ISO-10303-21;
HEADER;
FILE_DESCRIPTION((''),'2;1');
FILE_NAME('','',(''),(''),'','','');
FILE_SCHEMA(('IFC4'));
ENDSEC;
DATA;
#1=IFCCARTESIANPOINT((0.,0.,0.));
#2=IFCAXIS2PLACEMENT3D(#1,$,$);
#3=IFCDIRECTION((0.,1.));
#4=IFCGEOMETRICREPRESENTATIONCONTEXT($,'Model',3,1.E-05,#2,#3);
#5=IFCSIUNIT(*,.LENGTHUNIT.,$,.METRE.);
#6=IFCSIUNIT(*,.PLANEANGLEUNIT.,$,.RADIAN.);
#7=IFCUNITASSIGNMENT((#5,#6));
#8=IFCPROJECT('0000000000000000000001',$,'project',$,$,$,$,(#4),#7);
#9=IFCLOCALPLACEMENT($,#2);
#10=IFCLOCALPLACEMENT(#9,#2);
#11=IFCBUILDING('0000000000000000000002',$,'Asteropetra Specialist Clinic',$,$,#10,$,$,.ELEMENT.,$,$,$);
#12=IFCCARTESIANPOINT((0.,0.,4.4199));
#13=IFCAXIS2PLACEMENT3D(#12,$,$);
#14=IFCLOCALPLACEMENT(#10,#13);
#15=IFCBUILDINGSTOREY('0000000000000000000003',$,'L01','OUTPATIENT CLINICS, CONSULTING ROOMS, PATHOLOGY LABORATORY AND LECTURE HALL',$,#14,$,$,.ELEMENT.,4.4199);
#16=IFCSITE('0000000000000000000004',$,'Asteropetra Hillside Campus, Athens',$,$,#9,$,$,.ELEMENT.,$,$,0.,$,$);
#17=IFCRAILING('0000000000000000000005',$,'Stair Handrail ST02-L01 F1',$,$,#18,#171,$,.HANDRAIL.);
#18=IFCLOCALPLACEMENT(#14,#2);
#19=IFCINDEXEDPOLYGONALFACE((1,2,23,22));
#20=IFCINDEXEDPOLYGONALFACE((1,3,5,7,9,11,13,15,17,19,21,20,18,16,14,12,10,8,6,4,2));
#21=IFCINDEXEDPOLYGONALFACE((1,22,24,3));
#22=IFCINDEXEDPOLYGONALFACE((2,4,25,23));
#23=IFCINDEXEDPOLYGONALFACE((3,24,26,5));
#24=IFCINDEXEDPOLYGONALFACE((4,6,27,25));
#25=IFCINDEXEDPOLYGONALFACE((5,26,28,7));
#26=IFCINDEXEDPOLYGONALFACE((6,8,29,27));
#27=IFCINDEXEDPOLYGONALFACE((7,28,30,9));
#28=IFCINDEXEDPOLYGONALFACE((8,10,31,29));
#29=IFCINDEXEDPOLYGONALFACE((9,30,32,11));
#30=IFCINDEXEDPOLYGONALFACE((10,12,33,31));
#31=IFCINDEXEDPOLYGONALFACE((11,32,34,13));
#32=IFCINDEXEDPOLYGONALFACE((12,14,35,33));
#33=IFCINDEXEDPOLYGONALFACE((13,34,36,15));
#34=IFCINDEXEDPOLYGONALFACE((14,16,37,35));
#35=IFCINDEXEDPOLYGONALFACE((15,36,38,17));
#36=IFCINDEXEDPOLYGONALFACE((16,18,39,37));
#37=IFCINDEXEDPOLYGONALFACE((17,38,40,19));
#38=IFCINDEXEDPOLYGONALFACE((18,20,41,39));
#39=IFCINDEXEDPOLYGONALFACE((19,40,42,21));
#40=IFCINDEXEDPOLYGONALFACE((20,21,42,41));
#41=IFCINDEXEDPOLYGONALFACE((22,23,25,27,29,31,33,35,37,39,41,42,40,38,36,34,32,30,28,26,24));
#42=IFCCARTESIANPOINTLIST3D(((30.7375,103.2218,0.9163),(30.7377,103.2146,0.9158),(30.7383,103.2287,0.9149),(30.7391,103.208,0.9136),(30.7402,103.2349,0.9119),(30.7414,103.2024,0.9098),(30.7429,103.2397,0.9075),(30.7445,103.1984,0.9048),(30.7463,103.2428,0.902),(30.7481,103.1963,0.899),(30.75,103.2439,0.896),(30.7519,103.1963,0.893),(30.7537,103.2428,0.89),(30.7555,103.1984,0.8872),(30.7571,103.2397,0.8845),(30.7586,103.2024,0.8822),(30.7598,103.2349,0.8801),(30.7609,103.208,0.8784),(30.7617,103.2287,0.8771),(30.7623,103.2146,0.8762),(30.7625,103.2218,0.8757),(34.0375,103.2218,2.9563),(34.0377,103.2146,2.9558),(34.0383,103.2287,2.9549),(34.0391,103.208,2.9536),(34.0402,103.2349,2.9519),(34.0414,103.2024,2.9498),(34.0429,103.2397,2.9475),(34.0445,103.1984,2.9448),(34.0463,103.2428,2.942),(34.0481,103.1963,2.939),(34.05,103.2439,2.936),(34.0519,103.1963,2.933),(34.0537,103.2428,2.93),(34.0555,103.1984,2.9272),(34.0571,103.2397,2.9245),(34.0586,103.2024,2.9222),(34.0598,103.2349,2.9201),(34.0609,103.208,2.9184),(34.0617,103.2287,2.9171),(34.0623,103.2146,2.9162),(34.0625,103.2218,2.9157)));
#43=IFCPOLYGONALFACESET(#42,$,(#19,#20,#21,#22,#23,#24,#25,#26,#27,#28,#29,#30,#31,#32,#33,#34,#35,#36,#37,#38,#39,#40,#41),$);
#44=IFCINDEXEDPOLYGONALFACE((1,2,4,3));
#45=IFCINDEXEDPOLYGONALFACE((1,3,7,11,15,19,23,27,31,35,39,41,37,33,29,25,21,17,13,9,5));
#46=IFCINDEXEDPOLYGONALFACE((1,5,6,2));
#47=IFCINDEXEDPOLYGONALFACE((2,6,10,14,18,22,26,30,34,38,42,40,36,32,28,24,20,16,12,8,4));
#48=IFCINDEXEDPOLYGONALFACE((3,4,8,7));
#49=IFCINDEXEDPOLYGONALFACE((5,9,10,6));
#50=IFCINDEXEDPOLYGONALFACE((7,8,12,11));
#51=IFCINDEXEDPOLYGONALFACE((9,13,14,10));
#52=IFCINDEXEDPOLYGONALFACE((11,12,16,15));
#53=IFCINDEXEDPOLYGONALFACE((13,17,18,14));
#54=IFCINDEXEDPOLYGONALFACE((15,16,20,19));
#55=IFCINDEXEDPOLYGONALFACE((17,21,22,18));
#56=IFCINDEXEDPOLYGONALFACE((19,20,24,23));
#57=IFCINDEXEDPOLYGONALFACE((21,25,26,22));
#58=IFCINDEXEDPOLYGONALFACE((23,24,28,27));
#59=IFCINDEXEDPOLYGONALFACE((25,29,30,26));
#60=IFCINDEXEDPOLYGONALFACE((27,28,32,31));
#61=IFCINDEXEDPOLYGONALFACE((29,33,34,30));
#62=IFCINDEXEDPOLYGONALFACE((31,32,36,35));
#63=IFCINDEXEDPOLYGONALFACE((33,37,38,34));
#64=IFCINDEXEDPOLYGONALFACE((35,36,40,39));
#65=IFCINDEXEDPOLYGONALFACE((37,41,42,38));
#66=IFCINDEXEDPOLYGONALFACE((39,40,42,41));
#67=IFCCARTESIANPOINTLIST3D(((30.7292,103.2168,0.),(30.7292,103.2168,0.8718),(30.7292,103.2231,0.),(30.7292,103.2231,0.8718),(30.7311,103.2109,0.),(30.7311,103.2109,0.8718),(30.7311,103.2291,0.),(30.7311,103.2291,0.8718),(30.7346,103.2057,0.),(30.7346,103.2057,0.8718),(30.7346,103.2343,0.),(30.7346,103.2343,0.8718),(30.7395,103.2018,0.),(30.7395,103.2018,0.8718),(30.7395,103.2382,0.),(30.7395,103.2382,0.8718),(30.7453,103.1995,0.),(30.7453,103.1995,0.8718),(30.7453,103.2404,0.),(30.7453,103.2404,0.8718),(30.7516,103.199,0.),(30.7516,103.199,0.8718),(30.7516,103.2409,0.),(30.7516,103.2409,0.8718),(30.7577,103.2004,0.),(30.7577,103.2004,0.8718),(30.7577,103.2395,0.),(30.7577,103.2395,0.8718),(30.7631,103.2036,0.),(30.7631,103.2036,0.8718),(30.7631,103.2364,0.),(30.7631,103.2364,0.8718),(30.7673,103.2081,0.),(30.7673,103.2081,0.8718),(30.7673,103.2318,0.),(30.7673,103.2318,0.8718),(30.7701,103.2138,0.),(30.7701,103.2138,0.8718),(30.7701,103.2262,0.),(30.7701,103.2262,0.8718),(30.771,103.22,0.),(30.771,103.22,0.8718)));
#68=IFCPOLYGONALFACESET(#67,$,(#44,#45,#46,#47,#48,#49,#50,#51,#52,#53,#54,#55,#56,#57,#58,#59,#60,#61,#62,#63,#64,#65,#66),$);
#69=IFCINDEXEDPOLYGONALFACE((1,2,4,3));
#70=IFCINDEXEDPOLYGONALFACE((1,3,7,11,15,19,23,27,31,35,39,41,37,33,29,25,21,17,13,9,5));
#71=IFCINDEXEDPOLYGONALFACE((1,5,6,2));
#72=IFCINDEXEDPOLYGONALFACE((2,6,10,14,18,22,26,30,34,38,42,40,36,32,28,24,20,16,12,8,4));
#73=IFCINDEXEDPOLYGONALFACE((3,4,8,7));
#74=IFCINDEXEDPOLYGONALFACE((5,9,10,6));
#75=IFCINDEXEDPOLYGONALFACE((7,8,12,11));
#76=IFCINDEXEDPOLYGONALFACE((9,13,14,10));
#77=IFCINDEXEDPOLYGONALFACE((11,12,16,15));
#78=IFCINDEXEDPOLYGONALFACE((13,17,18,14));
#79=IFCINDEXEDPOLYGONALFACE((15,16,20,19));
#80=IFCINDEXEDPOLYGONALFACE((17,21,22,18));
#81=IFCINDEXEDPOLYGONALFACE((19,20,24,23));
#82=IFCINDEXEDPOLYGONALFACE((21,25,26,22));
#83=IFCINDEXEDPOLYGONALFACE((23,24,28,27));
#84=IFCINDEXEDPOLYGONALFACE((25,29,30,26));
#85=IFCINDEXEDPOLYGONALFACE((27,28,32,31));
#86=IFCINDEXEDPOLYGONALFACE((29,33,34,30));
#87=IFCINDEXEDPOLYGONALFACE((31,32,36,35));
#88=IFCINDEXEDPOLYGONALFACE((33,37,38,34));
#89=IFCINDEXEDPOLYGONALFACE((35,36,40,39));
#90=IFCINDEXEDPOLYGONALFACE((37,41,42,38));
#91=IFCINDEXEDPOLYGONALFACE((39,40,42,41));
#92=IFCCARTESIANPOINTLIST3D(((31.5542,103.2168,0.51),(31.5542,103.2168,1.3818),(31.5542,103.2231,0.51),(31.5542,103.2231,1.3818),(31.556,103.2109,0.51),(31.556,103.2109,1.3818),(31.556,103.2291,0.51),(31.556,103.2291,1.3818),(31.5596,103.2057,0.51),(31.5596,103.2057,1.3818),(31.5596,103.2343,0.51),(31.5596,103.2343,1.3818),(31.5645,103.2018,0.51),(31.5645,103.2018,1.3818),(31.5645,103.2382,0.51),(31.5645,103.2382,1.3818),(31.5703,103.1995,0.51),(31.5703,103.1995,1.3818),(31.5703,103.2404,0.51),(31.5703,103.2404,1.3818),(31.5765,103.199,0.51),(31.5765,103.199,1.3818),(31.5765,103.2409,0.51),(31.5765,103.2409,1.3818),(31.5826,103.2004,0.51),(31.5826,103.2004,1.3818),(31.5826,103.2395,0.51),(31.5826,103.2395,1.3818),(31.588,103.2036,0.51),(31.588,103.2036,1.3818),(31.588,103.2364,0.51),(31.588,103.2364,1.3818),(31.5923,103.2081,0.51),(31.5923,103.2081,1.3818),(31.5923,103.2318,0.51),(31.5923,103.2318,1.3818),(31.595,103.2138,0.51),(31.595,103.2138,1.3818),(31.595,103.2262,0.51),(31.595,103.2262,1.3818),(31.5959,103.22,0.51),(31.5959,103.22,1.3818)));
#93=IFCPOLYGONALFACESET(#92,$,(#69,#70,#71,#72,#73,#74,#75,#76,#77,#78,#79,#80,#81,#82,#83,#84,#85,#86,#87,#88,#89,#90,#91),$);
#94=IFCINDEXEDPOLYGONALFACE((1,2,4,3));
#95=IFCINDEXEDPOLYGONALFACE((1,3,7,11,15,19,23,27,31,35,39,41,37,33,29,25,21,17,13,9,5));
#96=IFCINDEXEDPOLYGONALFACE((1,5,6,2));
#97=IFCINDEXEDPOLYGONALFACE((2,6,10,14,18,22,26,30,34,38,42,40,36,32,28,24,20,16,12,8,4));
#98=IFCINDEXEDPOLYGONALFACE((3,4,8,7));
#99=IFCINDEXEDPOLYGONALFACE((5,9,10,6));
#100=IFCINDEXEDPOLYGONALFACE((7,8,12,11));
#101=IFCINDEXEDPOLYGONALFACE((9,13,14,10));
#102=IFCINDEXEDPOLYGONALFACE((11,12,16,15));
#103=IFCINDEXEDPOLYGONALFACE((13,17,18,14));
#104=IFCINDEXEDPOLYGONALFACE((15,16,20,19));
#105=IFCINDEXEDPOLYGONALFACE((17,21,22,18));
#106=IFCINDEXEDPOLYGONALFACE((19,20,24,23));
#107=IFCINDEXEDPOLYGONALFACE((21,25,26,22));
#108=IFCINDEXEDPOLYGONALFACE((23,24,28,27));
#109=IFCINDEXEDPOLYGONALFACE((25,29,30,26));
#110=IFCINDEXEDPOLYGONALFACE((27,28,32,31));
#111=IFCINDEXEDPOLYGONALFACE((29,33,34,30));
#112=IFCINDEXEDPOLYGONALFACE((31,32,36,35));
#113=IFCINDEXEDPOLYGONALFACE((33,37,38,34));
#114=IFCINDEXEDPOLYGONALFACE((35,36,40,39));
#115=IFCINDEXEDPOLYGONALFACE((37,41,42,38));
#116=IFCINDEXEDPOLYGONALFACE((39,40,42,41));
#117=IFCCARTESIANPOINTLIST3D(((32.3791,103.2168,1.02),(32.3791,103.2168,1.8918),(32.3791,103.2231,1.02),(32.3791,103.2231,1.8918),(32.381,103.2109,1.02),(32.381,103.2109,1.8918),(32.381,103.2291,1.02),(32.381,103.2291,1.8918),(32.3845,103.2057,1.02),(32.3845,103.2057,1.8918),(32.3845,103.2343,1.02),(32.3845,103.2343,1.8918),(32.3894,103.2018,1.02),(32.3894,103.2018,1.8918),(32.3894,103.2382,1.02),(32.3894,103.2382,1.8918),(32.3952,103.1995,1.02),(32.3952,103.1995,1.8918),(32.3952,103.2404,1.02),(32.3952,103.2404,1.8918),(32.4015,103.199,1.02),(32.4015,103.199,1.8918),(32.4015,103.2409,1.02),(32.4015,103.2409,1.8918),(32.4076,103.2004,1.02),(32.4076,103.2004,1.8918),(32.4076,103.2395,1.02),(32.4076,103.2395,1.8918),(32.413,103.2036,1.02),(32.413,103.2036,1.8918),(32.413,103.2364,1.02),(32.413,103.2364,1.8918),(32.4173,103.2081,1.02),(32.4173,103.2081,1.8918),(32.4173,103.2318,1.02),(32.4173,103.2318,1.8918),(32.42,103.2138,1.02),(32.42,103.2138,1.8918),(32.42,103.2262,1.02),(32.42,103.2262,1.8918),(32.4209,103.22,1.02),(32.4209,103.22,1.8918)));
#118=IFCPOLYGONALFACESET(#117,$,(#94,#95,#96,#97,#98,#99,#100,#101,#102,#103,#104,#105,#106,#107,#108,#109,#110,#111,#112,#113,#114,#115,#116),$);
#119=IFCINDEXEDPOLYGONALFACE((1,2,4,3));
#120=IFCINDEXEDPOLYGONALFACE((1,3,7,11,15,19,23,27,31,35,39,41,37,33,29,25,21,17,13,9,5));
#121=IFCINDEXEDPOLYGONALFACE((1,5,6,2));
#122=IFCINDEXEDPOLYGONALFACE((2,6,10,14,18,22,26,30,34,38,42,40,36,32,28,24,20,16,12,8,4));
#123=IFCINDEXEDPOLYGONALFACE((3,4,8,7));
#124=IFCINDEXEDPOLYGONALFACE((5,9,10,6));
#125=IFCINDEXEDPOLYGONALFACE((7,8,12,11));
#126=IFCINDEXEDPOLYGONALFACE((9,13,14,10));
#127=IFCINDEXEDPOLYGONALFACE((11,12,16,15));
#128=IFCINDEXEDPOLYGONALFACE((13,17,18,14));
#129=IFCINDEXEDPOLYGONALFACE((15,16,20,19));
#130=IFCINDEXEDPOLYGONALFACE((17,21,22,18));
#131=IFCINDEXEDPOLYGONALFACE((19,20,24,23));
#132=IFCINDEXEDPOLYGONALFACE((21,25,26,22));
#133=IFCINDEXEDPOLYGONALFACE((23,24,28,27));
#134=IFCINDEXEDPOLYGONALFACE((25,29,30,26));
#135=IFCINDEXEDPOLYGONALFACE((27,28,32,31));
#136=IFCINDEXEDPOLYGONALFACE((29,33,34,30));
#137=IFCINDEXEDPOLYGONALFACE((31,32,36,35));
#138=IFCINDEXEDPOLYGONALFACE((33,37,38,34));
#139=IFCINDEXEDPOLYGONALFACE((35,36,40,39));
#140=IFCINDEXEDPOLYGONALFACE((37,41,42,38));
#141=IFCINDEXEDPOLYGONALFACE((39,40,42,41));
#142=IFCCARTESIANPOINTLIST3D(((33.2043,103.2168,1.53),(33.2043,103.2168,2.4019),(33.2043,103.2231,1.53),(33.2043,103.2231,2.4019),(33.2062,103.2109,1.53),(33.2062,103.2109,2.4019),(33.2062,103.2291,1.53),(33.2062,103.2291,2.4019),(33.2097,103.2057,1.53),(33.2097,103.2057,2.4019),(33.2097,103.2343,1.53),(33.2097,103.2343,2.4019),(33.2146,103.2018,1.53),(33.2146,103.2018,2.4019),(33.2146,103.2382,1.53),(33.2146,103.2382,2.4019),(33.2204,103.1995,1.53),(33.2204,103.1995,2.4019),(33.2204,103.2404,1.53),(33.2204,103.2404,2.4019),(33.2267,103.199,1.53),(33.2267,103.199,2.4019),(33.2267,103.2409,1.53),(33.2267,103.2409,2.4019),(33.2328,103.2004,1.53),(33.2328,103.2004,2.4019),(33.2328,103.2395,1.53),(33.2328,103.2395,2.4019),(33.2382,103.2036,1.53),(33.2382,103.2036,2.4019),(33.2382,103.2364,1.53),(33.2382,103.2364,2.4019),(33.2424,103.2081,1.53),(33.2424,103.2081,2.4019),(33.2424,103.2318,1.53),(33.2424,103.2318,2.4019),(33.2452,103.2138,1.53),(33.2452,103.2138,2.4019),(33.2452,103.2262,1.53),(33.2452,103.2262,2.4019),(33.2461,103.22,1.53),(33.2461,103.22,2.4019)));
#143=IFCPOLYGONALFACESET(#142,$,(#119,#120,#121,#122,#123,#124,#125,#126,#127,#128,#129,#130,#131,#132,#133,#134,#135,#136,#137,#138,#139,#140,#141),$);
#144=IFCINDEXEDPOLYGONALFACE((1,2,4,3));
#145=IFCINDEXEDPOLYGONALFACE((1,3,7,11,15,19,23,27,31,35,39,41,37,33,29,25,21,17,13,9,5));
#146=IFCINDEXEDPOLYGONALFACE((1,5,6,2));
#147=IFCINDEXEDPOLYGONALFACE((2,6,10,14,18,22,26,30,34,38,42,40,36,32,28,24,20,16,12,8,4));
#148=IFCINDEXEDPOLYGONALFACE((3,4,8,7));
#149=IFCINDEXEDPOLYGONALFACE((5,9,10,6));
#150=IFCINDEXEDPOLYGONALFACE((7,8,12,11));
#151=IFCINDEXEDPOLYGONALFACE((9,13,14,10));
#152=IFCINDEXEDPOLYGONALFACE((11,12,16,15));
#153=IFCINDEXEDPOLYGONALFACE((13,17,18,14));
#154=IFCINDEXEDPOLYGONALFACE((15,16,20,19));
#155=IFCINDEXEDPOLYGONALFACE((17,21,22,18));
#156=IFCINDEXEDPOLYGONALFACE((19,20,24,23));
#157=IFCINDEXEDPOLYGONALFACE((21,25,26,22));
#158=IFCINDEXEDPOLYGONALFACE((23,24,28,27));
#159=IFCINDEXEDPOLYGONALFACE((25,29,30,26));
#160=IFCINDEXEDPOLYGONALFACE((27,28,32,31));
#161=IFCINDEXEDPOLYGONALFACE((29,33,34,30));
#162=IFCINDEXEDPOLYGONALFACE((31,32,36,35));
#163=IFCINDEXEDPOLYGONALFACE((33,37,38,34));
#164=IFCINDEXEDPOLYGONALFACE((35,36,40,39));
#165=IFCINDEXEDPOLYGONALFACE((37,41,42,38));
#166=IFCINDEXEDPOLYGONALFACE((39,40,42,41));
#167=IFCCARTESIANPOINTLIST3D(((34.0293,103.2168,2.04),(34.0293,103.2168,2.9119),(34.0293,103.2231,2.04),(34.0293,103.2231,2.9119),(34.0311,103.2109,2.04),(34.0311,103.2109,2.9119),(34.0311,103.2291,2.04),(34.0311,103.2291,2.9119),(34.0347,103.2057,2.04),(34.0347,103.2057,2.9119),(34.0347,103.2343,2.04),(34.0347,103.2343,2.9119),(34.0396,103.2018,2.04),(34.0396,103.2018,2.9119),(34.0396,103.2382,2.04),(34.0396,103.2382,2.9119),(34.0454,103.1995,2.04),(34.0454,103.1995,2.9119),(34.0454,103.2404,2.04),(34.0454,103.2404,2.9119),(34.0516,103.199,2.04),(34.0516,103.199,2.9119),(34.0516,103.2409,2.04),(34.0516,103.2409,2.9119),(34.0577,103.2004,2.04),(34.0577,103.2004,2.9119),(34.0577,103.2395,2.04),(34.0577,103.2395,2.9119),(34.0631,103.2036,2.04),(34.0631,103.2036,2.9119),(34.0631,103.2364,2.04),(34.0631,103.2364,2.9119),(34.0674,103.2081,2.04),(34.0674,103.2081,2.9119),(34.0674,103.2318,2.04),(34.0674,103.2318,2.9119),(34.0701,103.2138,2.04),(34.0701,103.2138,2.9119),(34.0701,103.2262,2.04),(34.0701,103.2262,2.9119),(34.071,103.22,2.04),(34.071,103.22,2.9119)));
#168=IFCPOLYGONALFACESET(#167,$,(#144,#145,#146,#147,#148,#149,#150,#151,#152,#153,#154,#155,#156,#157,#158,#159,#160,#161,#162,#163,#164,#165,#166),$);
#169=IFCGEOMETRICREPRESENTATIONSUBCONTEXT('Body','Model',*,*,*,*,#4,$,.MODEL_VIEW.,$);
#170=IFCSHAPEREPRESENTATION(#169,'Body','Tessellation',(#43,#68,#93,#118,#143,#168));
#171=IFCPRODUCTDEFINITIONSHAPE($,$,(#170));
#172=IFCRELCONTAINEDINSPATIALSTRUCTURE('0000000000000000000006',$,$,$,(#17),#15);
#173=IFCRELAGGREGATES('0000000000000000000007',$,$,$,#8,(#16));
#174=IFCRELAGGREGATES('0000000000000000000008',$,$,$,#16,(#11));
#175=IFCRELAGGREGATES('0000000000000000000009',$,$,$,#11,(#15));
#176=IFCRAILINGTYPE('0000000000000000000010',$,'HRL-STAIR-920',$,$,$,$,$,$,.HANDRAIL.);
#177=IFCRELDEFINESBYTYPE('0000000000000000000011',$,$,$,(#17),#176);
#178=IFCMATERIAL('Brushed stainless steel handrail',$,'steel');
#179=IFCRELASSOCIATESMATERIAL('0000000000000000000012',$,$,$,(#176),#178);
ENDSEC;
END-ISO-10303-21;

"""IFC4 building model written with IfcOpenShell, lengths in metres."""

from ifc_helpers import new_model, si_unit, direction, frame, origin, origin_2d, place, context, subcontext, project, spatial, circle, extrude, material, type_object, element, save


model = new_model("IFC4")

# Units and contexts
model_context = context("Model", 3, precision=1e-05, world=origin(), true_north=direction((0.0, 1.0)))
body_context = subcontext(model_context, "Body", "Model", "MODEL_VIEW")
ifc_project = project(units=[si_unit("LENGTHUNIT", "METRE"), si_unit("PLANEANGLEUNIT", "RADIAN")], contexts=[model_context])

# Site, building, storey
site_placement = place(None, origin())
site = spatial("IfcSite", under=ifc_project, at=site_placement, Name="Asteropetra Hillside Campus, Athens", CompositionType="ELEMENT", RefElevation=0.0)
building_placement = place(site_placement, origin())
building = spatial("IfcBuilding", under=site, at=building_placement, Name="Asteropetra Specialist Clinic", CompositionType="ELEMENT")
storey_placement = place(building_placement, frame((0.0, 0.0, 4.4199)))
storey = spatial("IfcBuildingStorey", under=building, at=storey_placement, Name="L01", Description="OUTPATIENT CLINICS, CONSULTING ROOMS, PATHOLOGY LABORATORY AND LECTURE HALL", CompositionType="ELEMENT", Elevation=4.4199)

# Railing
ifc_material_1 = material(Name="Brushed stainless steel handrail", Category="steel")
railing_type_1 = type_object("IfcRailingType", Name="HRL-STAIR-920", PredefinedType="HANDRAIL", material=ifc_material_1)
railing_1_placement = place(storey_placement, frame((30.75, 103.22, 0.0)))
element("IfcRailing", 1, at=railing_1_placement, inside=storey, type_object=railing_type_1, Name="Stair Handrail ST02-L01 F1", PredefinedType="HANDRAIL", context=body_context, shape_type="SweptSolid", body=[
    extrude(circle(Radius=0.0239, at=origin_2d()), frame((0.0, 0.0, 0.896), z_axis=(0.850594, 0.0, 0.525824), x_axis=(0.0, 1.0, 0.0)), (0.0, 0.0, 1.0), 3.8796),
    extrude(circle(Radius=0.021, at=origin_2d()), origin(), (0.0, 0.0, 1.0), 0.8718),
    extrude(circle(Radius=0.021, at=origin_2d()), frame((0.825, 0.0, 0.51)), (0.0, 0.0, 1.0), 0.8718),
    extrude(circle(Radius=0.021, at=origin_2d()), frame((1.6499, 0.0, 1.02)), (0.0, 0.0, 1.0), 0.8718),
    extrude(circle(Radius=0.021, at=origin_2d()), frame((2.4751, 0.0, 1.53)), (0.0, 0.0, 1.0), 0.8718),
    extrude(circle(Radius=0.021, at=origin_2d()), frame((3.3, 0.0, 2.04)), (0.0, 0.0, 1.0), 0.8718),
])

save(model, "model.ifc")
